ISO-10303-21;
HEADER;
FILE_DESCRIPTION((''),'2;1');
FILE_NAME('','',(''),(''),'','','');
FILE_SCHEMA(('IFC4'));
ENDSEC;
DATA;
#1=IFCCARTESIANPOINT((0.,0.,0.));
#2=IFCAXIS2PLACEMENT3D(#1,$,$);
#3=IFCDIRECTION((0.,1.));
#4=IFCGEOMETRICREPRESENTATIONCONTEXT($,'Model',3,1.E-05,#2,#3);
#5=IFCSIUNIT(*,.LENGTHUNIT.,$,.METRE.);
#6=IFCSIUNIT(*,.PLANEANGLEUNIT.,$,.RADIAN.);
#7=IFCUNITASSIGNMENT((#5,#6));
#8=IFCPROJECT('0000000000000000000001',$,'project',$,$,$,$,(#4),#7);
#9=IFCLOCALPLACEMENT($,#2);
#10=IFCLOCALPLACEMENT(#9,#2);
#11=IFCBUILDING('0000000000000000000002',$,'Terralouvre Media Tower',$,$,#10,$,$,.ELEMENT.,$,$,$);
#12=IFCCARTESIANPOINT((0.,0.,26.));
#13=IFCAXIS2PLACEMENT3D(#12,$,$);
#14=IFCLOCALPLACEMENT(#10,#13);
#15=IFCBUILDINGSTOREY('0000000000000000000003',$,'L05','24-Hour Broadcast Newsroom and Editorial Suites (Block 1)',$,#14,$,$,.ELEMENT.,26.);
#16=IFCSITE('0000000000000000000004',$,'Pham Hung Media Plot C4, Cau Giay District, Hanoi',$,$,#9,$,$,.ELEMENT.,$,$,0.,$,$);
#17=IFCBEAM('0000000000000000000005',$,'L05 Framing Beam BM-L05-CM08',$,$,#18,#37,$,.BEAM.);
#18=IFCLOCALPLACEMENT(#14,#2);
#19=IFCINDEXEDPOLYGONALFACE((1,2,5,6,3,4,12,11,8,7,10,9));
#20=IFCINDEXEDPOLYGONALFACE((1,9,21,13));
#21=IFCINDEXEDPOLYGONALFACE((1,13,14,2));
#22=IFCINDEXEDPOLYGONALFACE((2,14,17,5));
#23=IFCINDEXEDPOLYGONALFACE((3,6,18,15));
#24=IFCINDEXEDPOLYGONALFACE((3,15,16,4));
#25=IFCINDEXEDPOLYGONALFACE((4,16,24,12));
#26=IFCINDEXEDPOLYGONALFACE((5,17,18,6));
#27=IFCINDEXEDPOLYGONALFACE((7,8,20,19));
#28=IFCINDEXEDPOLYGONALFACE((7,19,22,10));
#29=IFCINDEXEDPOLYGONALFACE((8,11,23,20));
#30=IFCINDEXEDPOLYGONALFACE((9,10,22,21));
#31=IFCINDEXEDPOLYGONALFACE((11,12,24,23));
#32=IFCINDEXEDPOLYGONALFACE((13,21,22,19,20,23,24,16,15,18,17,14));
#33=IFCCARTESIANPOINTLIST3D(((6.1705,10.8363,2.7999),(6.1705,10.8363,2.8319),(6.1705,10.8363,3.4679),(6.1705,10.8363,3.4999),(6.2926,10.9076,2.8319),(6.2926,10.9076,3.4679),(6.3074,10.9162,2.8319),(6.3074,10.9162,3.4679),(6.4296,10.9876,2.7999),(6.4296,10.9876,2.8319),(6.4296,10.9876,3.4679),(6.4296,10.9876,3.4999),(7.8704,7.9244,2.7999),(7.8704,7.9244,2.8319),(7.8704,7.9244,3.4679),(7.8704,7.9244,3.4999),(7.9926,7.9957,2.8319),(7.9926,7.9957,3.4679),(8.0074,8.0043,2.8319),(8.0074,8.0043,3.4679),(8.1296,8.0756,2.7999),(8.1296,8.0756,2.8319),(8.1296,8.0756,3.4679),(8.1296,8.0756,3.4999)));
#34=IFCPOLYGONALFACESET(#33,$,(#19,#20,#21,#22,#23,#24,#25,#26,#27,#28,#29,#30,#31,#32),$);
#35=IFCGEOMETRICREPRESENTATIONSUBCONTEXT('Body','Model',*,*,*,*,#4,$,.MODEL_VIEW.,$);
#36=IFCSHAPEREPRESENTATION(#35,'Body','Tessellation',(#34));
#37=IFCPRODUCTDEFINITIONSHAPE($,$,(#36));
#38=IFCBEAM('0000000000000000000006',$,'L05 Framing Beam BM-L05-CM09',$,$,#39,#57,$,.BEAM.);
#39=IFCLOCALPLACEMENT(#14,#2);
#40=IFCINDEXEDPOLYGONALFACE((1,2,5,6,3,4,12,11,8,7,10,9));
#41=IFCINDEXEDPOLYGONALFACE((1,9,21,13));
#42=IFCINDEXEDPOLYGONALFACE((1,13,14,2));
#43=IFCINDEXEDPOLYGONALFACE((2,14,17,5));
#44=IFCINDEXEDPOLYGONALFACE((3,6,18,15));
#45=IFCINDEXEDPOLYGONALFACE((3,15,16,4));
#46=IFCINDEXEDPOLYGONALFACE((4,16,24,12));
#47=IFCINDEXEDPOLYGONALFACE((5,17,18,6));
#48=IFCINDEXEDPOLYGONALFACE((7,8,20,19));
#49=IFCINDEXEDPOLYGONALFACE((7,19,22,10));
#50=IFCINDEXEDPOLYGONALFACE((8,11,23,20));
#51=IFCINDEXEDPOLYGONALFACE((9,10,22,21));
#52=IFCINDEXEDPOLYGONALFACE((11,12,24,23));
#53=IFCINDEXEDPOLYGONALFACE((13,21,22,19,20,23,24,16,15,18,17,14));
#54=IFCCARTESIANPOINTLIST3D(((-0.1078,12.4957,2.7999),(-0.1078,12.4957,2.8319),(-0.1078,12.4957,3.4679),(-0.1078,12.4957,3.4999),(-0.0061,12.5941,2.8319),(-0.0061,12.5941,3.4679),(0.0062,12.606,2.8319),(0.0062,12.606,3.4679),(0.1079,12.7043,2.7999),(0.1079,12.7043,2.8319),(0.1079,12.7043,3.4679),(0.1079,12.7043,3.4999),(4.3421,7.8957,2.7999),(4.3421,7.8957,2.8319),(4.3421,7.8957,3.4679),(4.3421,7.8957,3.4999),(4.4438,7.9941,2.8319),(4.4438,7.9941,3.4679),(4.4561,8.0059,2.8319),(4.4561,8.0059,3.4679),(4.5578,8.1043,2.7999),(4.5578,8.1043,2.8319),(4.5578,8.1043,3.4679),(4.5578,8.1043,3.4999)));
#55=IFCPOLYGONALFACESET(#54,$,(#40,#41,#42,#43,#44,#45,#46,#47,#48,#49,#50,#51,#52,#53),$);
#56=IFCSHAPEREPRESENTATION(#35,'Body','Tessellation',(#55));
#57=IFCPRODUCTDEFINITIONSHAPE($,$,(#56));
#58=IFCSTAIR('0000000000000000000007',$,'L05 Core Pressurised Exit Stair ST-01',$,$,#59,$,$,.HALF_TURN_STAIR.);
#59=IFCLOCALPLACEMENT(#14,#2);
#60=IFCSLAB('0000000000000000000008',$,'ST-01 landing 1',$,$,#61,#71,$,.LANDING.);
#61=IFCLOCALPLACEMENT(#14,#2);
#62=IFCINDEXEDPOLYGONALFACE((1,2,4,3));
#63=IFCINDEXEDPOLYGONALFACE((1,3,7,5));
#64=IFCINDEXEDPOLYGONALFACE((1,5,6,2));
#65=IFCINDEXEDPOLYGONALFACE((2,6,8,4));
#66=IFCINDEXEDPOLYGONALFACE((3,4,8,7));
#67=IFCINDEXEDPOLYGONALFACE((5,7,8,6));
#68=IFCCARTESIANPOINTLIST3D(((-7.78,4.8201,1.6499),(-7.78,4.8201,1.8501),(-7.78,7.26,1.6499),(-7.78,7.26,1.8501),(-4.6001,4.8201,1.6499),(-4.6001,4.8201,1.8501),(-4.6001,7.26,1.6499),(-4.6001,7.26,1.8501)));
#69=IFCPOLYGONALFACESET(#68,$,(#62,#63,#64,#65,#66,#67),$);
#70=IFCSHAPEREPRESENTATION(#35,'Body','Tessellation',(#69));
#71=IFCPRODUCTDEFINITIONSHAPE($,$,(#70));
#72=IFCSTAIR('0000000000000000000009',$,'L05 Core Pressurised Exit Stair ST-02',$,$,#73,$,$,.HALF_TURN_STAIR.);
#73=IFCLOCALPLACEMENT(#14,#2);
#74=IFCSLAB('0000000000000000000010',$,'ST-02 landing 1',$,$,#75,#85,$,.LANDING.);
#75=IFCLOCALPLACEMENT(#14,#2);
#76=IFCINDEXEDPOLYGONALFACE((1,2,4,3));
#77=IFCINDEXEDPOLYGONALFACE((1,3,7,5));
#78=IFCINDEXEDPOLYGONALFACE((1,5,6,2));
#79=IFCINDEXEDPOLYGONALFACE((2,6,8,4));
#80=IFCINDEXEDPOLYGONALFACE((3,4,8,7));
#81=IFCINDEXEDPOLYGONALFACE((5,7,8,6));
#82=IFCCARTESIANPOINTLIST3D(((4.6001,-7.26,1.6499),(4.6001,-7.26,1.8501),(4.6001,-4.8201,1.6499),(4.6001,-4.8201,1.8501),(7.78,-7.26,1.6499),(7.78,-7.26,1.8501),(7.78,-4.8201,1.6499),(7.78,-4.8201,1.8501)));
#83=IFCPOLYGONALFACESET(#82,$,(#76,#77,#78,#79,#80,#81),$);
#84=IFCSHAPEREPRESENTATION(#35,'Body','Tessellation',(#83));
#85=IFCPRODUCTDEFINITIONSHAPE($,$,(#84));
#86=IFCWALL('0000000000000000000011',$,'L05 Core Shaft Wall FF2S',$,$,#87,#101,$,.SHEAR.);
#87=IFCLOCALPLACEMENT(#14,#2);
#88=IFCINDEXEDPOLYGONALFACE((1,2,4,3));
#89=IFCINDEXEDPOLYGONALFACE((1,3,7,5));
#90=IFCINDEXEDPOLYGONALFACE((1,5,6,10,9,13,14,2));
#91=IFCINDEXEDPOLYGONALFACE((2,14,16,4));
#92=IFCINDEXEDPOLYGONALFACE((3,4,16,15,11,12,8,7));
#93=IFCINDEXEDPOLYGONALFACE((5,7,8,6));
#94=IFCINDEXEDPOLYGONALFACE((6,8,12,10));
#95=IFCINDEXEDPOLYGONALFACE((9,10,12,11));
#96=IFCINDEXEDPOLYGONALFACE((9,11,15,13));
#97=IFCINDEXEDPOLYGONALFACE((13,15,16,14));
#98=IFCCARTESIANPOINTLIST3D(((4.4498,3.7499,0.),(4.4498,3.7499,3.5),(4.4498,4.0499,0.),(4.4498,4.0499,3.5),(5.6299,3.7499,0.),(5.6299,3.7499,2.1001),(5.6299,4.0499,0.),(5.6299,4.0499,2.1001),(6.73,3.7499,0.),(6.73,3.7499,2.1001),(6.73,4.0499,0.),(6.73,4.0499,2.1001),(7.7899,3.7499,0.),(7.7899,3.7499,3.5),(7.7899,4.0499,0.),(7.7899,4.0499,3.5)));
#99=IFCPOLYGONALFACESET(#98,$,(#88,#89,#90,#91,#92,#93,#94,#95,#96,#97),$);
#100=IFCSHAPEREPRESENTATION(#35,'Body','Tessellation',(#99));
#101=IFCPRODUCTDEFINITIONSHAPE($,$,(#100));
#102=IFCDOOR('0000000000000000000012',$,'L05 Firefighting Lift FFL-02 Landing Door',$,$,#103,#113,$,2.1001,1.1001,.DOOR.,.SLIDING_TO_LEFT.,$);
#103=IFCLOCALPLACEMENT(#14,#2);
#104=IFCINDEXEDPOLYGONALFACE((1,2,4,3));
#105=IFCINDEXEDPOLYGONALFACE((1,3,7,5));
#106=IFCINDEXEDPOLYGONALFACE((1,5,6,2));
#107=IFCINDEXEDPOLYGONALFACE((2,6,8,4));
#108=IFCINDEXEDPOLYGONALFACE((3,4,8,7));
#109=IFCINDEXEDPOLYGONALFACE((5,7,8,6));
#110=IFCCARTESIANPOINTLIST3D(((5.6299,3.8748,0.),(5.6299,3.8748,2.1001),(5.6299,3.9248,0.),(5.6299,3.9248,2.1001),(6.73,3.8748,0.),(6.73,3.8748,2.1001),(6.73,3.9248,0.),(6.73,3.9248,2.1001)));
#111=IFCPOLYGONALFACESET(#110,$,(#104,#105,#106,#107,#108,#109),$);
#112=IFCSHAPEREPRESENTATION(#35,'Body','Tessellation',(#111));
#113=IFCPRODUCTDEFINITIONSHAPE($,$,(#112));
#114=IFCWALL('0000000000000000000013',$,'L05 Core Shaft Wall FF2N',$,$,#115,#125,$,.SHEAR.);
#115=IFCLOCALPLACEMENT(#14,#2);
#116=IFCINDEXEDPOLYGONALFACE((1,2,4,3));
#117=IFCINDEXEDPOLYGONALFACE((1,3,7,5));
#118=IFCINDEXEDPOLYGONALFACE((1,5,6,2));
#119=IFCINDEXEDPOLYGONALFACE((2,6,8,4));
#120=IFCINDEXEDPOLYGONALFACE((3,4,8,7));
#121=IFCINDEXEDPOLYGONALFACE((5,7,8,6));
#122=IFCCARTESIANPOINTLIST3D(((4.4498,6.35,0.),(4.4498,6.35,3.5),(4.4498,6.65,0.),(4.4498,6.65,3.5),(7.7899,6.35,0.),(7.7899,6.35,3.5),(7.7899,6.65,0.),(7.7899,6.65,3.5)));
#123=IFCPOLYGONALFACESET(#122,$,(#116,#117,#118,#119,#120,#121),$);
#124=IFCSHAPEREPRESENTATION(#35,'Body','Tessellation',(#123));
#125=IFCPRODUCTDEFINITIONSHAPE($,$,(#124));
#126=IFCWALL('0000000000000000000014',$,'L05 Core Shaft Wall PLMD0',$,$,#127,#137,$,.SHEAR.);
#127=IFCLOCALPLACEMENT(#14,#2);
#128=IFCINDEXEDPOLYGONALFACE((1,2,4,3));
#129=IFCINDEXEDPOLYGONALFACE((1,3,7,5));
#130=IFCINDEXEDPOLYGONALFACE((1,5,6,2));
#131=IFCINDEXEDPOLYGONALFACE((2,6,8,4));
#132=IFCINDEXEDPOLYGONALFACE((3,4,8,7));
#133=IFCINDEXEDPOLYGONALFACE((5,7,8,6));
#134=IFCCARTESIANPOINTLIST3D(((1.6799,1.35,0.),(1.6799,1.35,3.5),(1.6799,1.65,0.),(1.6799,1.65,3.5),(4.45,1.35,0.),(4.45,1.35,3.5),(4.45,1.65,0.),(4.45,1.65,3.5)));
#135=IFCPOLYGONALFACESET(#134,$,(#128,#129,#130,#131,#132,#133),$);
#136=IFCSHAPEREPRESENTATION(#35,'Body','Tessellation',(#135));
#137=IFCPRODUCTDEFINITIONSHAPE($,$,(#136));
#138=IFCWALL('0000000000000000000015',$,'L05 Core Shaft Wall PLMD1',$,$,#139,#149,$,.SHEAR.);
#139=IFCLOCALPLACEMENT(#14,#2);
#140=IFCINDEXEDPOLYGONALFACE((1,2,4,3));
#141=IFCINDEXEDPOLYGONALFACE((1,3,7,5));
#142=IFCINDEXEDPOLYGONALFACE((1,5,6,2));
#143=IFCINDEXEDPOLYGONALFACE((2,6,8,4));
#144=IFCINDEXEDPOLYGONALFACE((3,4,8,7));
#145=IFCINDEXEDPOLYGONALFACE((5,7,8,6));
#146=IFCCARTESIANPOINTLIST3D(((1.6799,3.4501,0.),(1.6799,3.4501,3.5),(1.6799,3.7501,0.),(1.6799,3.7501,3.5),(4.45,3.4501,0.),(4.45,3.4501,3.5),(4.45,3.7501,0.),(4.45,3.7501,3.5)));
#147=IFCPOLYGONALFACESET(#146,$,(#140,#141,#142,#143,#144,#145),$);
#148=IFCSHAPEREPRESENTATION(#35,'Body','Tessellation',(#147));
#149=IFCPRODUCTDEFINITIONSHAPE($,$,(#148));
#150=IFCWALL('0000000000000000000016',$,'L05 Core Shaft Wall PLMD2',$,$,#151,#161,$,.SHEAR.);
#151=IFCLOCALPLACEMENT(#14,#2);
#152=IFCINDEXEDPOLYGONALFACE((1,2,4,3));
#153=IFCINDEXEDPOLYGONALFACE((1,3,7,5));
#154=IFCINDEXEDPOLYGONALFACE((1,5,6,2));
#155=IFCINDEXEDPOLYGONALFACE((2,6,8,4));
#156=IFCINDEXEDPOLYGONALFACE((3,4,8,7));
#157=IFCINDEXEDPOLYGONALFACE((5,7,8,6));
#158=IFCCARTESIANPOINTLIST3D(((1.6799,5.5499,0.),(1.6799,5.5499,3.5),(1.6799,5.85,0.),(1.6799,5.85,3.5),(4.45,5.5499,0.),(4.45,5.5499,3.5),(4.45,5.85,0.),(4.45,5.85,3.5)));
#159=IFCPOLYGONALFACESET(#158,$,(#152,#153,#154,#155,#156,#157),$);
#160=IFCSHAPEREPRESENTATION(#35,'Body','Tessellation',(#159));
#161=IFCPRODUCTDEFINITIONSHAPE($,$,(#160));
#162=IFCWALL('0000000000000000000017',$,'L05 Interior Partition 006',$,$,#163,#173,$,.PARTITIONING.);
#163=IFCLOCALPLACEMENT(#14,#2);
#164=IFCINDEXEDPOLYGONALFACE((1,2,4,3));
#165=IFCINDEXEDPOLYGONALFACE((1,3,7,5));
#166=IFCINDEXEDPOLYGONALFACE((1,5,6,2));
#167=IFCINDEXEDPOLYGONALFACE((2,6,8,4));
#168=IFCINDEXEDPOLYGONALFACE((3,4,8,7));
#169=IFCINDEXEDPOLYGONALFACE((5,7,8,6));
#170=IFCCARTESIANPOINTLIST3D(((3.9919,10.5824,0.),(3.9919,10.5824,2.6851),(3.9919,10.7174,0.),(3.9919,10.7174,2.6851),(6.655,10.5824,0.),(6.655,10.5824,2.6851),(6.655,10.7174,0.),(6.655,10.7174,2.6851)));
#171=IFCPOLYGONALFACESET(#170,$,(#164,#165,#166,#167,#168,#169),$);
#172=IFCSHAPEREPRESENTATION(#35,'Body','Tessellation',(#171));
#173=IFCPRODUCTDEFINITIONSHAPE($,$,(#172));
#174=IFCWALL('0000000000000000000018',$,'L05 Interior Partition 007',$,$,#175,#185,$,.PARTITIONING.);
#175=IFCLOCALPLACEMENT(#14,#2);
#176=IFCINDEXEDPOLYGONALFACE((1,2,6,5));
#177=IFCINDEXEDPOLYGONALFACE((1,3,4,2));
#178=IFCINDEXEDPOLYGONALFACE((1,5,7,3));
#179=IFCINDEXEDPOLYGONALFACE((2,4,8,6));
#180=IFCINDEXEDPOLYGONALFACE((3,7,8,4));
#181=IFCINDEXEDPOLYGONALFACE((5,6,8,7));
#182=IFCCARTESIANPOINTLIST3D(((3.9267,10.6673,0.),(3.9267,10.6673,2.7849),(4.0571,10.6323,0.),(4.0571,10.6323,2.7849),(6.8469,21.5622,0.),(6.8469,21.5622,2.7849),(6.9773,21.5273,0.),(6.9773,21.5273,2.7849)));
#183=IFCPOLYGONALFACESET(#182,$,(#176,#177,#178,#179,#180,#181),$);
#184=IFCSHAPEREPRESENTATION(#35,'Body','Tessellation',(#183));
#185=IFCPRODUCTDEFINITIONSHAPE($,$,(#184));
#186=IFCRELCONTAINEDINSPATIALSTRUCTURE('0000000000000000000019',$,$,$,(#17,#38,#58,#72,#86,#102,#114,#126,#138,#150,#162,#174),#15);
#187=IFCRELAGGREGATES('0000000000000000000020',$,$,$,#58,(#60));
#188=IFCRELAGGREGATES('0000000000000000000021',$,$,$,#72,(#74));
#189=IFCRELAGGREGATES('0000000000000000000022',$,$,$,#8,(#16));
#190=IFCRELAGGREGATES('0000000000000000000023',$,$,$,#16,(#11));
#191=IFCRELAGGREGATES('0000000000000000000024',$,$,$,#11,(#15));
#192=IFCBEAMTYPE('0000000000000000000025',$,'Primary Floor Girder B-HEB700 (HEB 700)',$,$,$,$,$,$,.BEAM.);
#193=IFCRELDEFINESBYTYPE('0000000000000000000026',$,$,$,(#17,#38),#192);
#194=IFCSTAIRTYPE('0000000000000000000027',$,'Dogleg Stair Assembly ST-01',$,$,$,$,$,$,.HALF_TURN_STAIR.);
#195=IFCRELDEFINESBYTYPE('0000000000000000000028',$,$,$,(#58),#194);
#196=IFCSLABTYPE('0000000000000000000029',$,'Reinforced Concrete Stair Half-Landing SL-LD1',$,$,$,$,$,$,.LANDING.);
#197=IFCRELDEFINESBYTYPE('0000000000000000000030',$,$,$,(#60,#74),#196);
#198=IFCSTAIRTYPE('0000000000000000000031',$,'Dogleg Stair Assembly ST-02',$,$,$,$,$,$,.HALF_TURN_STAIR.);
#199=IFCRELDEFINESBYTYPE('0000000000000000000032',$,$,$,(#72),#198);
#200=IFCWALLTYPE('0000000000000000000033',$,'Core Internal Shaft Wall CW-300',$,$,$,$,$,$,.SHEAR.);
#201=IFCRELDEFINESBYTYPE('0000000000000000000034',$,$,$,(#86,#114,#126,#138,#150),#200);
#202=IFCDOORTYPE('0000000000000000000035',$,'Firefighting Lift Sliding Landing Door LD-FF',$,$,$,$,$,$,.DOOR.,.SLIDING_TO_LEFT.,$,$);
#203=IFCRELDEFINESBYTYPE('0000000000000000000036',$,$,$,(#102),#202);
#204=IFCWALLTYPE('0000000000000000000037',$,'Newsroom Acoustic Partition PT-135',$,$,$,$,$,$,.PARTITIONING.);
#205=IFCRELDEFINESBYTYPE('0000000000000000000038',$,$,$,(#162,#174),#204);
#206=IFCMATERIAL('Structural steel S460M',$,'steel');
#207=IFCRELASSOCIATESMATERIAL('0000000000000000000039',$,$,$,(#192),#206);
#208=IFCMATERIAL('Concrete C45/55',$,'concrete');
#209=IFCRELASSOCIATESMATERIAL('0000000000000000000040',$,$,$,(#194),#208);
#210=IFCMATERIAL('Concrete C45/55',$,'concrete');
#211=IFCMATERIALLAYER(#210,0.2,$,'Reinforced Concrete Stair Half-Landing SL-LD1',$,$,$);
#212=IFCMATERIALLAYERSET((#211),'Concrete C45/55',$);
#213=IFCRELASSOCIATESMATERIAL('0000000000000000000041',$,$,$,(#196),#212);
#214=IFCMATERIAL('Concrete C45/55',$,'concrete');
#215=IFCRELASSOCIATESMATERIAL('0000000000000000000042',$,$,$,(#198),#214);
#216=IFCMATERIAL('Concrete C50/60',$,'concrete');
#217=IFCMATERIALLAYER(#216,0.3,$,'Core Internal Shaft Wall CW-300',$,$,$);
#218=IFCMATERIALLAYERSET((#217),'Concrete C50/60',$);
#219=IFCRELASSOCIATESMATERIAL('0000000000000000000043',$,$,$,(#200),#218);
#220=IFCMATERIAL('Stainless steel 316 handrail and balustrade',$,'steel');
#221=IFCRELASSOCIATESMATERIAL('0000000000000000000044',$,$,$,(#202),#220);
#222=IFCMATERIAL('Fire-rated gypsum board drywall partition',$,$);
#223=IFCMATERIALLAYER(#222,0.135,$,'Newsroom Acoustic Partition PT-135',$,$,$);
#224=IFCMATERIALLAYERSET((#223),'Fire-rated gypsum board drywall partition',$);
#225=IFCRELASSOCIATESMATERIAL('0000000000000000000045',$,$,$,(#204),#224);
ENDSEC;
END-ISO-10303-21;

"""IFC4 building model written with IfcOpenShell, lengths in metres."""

from ifc_helpers import new_model, si_unit, direction, frame, frame_2d, origin, origin_2d, place, context, subcontext, project, spatial, polyline, rectangle, i_section, outline, extrude, material, layer, layer_set, material_profile, profile_set, type_object, element, fill, aggregate, save


model = new_model("IFC4")

# Units and contexts
model_context = context("Model", 3, precision=1e-05, world=origin(), true_north=direction((0.0, 1.0)))
body_context = subcontext(model_context, "Body", "Model", "MODEL_VIEW")
ifc_project = project(units=[si_unit("LENGTHUNIT", "METRE"), si_unit("PLANEANGLEUNIT", "RADIAN")], contexts=[model_context])

# Site, building, storey
site_placement = place(None, origin())
site = spatial("IfcSite", under=ifc_project, at=site_placement, Name="Pham Hung Media Plot C4, Cau Giay District, Hanoi", CompositionType="ELEMENT", RefElevation=0.0)
building_placement = place(site_placement, origin())
building = spatial("IfcBuilding", under=site, at=building_placement, Name="Terralouvre Media Tower", CompositionType="ELEMENT")
storey_placement = place(building_placement, frame((0.0, 0.0, 26.0)))
storey = spatial("IfcBuildingStorey", under=building, at=storey_placement, Name="L05", Description="24-Hour Broadcast Newsroom and Editorial Suites (Block 1)", CompositionType="ELEMENT", Elevation=26.0)

# Beams
ifc_material_1 = material(Name="Structural steel S460M", Category="steel")
ifc_material_profile_1 = material_profile(ifc_material_1, i_section(OverallWidth=0.3, OverallDepth=0.7, WebThickness=0.0171, FlangeThickness=0.032, at=origin_2d()), Name="HEB 700")
ifc_profile_set_1 = profile_set([ifc_material_profile_1], Name="Structural steel S460M")
beam_type_1 = type_object("IfcBeamType", Name="Primary Floor Girder B-HEB700 (HEB 700)", PredefinedType="BEAM", material=ifc_profile_set_1)
for number, where, z_axis, x_axis, name in (
    (1, (8.0, 8.0, 3.1499), (-0.504173, 0.863603, 0.0), (-0.863603, -0.504173, 0.0), "L05 Framing Beam BM-L05-CM08"),
):
    element("IfcBeam", number, at=place(storey_placement, frame(where, z_axis=z_axis, x_axis=x_axis)), inside=storey, type_object=beam_type_1, Name=name, PredefinedType="BEAM", context=body_context, shape_type="SweptSolid", body=[
        extrude(i_section(OverallWidth=0.3, OverallDepth=0.7, WebThickness=0.0171, FlangeThickness=0.032, at=origin_2d()), origin(), (0.0, 0.0, 1.0), 3.3718),
    ])
beam_1_placement = place(storey_placement, frame((4.45, 8.0, 3.1499), z_axis=(-0.69528, 0.718739, 0.0), x_axis=(-0.718739, -0.69528, 0.0)))
element("IfcBeam", 2, at=beam_1_placement, inside=storey, type_object=beam_type_1, Name="L05 Framing Beam BM-L05-CM09", PredefinedType="BEAM", context=body_context, shape_type="SweptSolid", body=[
    extrude(i_section(OverallWidth=0.3, OverallDepth=0.7, WebThickness=0.0171, FlangeThickness=0.032, at=origin_2d()), origin(), (0.0, 0.0, 1.0), 6.4001),
])

# Stairs, slabs
ifc_material_2 = material(Name="Concrete C45/55", Category="concrete")
stair_type_1 = type_object("IfcStairType", Name="Dogleg Stair Assembly ST-01", PredefinedType="HALF_TURN_STAIR", material=ifc_material_2)
stair_1_placement = place(storey_placement, origin())
stair_1 = element("IfcStair", 3, at=stair_1_placement, inside=storey, type_object=stair_type_1, Name="L05 Core Pressurised Exit Stair ST-01", PredefinedType="HALF_TURN_STAIR")
ifc_material_3 = material(Name="Concrete C45/55", Category="concrete")
ifc_layer_1 = layer(ifc_material_3, 0.2, Name="Reinforced Concrete Stair Half-Landing SL-LD1")
ifc_layer_set_1 = layer_set([ifc_layer_1], Name="Concrete C45/55")
slab_type = type_object("IfcSlabType", Name="Reinforced Concrete Stair Half-Landing SL-LD1", PredefinedType="LANDING", material=ifc_layer_set_1)
slab_1_placement = place(storey_placement, frame((0.0, 0.0, 1.6499)))
slab_1 = element("IfcSlab", 4, at=slab_1_placement, type_object=slab_type, Name="ST-01 landing 1", PredefinedType="LANDING", context=body_context, shape_type="SweptSolid", body=[
    extrude(outline(polyline([(-4.6001, 4.8201), (-4.6001, 7.26), (-7.78, 7.26), (-7.78, 4.8201), (-4.6001, 4.8201)])), origin(), (0.0, 0.0, 1.0), 0.2002),
])
aggregate(stair_1, [slab_1])
ifc_material_4 = material(Name="Concrete C45/55", Category="concrete")
stair_type_2 = type_object("IfcStairType", Name="Dogleg Stair Assembly ST-02", PredefinedType="HALF_TURN_STAIR", material=ifc_material_4)
stair_2_placement = place(storey_placement, origin())
stair_2 = element("IfcStair", 5, at=stair_2_placement, inside=storey, type_object=stair_type_2, Name="L05 Core Pressurised Exit Stair ST-02", PredefinedType="HALF_TURN_STAIR")
slab_2_placement = place(storey_placement, frame((0.0, 0.0, 1.6499)))
slab_2 = element("IfcSlab", 6, at=slab_2_placement, type_object=slab_type, Name="ST-02 landing 1", PredefinedType="LANDING", context=body_context, shape_type="SweptSolid", body=[
    extrude(outline(polyline([(4.6001, -4.8201), (4.6001, -7.26), (7.78, -7.26), (7.78, -4.8201), (4.6001, -4.8201)])), origin(), (0.0, 0.0, 1.0), 0.2002),
])
aggregate(stair_2, [slab_2])

# Wall, opening, door
ifc_material_5 = material(Name="Concrete C50/60", Category="concrete")
ifc_layer_2 = layer(ifc_material_5, 0.3, Name="Core Internal Shaft Wall CW-300")
ifc_layer_set_2 = layer_set([ifc_layer_2], Name="Concrete C50/60")
wall_type_1 = type_object("IfcWallType", Name="Core Internal Shaft Wall CW-300", PredefinedType="SHEAR", material=ifc_layer_set_2)
wall_1_placement = place(storey_placement, frame((4.45, 3.8999, 0.0), z_axis=(0.0, 0.0, 1.0), x_axis=(1.0, 0.0, 0.0)))
wall_1 = element("IfcWall", 7, at=wall_1_placement, inside=storey, type_object=wall_type_1, Name="L05 Core Shaft Wall FF2S", PredefinedType="SHEAR", context=body_context, shape_type="SweptSolid", body=[
    extrude(rectangle(XDim=3.3401, YDim=0.3, at=frame_2d((1.6699, 0.0))), origin(), (0.0, 0.0, 1.0), 3.5),
])
opening_1_placement = place(wall_1_placement, frame((1.1799, 0.0, 0.0)))
opening_1 = element("IfcOpeningElement", 8, at=opening_1_placement, cuts=wall_1, PredefinedType="OPENING", context=body_context, shape_type="SweptSolid", body=[
    extrude(rectangle(XDim=1.1001, YDim=2.1001, at=frame_2d((0.55, 1.05))), frame((0.0, 0.1599, 0.0), z_axis=(0.0, -1.0, 0.0), x_axis=(1.0, 0.0, 0.0)), (0.0, 0.0, 1.0), 0.3201),
])
ifc_material_6 = material(Name="Stainless steel 316 handrail and balustrade", Category="steel")
door_type_1 = type_object("IfcDoorType", Name="Firefighting Lift Sliding Landing Door LD-FF", OperationType="SLIDING_TO_LEFT", PredefinedType="DOOR", material=ifc_material_6)
door_1_placement = place(opening_1_placement, origin())
door_1 = element("IfcDoor", 9, at=door_1_placement, inside=storey, type_object=door_type_1, Name="L05 Firefighting Lift FFL-02 Landing Door", OperationType="SLIDING_TO_LEFT", OverallHeight=2.1001, OverallWidth=1.1001, PredefinedType="DOOR", context=body_context, shape_type="SweptSolid", body=[
    extrude(rectangle(XDim=1.1001, YDim=2.1001, at=frame_2d((0.55, 1.05))), frame((0.0, 0.0249, 0.0), z_axis=(0.0, -1.0, 0.0), x_axis=(1.0, 0.0, 0.0)), (0.0, 0.0, 1.0), 0.05),
])
fill(opening_1, door_1)

# Walls
wall_2_placement = place(storey_placement, frame((4.45, 6.5, 0.0), z_axis=(0.0, 0.0, 1.0), x_axis=(1.0, 0.0, 0.0)))
element("IfcWall", 10, at=wall_2_placement, inside=storey, type_object=wall_type_1, Name="L05 Core Shaft Wall FF2N", PredefinedType="SHEAR", context=body_context, shape_type="SweptSolid", body=[
    extrude(rectangle(XDim=3.3401, YDim=0.3, at=frame_2d((1.6699, 0.0))), origin(), (0.0, 0.0, 1.0), 3.5),
])
for number, where, z_axis, x_axis, name in (
    (11, (1.6799, 1.5, 0.0), (0.0, 0.0, 1.0), (1.0, 0.0, 0.0), "L05 Core Shaft Wall PLMD0"),
    (12, (1.6799, 3.6001, 0.0), (0.0, 0.0, 1.0), (1.0, 0.0, 0.0), "L05 Core Shaft Wall PLMD1"),
    (13, (1.6799, 5.7, 0.0), (0.0, 0.0, 1.0), (1.0, 0.0, 0.0), "L05 Core Shaft Wall PLMD2"),
):
    element("IfcWall", number, at=place(storey_placement, frame(where, z_axis=z_axis, x_axis=x_axis)), inside=storey, type_object=wall_type_1, Name=name, PredefinedType="SHEAR", context=body_context, shape_type="SweptSolid", body=[
        extrude(rectangle(XDim=2.77, YDim=0.3, at=frame_2d((1.385, 0.0))), origin(), (0.0, 0.0, 1.0), 3.5),
    ])
ifc_material_7 = material(Name="Fire-rated gypsum board drywall partition")
ifc_layer_3 = layer(ifc_material_7, 0.135, Name="Newsroom Acoustic Partition PT-135")
ifc_layer_set_3 = layer_set([ifc_layer_3], Name="Fire-rated gypsum board drywall partition")
wall_type_2 = type_object("IfcWallType", Name="Newsroom Acoustic Partition PT-135", PredefinedType="PARTITIONING", material=ifc_layer_set_3)
wall_3_placement = place(storey_placement, frame((6.655, 10.6499, 0.0), z_axis=(0.0, 0.0, 1.0), x_axis=(-1.0, 0.0, 0.0)))
element("IfcWall", 14, at=wall_3_placement, inside=storey, type_object=wall_type_2, Name="L05 Interior Partition 006", PredefinedType="PARTITIONING", context=body_context, shape_type="SweptSolid", body=[
    extrude(rectangle(XDim=2.6631, YDim=0.135, at=frame_2d((1.3315, 0.0))), origin(), (0.0, 0.0, 1.0), 2.6851),
])
wall_4_placement = place(storey_placement, frame((3.9919, 10.6499, 0.0), z_axis=(0.0, 0.0, 1.0), x_axis=(0.25889, 0.965907, 0.0)))
element("IfcWall", 15, at=wall_4_placement, inside=storey, type_object=wall_type_2, Name="L05 Interior Partition 007", PredefinedType="PARTITIONING", context=body_context, shape_type="SweptSolid", body=[
    extrude(rectangle(XDim=11.2795, YDim=0.135, at=frame_2d((5.6396, 0.0))), origin(), (0.0, 0.0, 1.0), 2.7849),
])

save(model, "model.ifc")
